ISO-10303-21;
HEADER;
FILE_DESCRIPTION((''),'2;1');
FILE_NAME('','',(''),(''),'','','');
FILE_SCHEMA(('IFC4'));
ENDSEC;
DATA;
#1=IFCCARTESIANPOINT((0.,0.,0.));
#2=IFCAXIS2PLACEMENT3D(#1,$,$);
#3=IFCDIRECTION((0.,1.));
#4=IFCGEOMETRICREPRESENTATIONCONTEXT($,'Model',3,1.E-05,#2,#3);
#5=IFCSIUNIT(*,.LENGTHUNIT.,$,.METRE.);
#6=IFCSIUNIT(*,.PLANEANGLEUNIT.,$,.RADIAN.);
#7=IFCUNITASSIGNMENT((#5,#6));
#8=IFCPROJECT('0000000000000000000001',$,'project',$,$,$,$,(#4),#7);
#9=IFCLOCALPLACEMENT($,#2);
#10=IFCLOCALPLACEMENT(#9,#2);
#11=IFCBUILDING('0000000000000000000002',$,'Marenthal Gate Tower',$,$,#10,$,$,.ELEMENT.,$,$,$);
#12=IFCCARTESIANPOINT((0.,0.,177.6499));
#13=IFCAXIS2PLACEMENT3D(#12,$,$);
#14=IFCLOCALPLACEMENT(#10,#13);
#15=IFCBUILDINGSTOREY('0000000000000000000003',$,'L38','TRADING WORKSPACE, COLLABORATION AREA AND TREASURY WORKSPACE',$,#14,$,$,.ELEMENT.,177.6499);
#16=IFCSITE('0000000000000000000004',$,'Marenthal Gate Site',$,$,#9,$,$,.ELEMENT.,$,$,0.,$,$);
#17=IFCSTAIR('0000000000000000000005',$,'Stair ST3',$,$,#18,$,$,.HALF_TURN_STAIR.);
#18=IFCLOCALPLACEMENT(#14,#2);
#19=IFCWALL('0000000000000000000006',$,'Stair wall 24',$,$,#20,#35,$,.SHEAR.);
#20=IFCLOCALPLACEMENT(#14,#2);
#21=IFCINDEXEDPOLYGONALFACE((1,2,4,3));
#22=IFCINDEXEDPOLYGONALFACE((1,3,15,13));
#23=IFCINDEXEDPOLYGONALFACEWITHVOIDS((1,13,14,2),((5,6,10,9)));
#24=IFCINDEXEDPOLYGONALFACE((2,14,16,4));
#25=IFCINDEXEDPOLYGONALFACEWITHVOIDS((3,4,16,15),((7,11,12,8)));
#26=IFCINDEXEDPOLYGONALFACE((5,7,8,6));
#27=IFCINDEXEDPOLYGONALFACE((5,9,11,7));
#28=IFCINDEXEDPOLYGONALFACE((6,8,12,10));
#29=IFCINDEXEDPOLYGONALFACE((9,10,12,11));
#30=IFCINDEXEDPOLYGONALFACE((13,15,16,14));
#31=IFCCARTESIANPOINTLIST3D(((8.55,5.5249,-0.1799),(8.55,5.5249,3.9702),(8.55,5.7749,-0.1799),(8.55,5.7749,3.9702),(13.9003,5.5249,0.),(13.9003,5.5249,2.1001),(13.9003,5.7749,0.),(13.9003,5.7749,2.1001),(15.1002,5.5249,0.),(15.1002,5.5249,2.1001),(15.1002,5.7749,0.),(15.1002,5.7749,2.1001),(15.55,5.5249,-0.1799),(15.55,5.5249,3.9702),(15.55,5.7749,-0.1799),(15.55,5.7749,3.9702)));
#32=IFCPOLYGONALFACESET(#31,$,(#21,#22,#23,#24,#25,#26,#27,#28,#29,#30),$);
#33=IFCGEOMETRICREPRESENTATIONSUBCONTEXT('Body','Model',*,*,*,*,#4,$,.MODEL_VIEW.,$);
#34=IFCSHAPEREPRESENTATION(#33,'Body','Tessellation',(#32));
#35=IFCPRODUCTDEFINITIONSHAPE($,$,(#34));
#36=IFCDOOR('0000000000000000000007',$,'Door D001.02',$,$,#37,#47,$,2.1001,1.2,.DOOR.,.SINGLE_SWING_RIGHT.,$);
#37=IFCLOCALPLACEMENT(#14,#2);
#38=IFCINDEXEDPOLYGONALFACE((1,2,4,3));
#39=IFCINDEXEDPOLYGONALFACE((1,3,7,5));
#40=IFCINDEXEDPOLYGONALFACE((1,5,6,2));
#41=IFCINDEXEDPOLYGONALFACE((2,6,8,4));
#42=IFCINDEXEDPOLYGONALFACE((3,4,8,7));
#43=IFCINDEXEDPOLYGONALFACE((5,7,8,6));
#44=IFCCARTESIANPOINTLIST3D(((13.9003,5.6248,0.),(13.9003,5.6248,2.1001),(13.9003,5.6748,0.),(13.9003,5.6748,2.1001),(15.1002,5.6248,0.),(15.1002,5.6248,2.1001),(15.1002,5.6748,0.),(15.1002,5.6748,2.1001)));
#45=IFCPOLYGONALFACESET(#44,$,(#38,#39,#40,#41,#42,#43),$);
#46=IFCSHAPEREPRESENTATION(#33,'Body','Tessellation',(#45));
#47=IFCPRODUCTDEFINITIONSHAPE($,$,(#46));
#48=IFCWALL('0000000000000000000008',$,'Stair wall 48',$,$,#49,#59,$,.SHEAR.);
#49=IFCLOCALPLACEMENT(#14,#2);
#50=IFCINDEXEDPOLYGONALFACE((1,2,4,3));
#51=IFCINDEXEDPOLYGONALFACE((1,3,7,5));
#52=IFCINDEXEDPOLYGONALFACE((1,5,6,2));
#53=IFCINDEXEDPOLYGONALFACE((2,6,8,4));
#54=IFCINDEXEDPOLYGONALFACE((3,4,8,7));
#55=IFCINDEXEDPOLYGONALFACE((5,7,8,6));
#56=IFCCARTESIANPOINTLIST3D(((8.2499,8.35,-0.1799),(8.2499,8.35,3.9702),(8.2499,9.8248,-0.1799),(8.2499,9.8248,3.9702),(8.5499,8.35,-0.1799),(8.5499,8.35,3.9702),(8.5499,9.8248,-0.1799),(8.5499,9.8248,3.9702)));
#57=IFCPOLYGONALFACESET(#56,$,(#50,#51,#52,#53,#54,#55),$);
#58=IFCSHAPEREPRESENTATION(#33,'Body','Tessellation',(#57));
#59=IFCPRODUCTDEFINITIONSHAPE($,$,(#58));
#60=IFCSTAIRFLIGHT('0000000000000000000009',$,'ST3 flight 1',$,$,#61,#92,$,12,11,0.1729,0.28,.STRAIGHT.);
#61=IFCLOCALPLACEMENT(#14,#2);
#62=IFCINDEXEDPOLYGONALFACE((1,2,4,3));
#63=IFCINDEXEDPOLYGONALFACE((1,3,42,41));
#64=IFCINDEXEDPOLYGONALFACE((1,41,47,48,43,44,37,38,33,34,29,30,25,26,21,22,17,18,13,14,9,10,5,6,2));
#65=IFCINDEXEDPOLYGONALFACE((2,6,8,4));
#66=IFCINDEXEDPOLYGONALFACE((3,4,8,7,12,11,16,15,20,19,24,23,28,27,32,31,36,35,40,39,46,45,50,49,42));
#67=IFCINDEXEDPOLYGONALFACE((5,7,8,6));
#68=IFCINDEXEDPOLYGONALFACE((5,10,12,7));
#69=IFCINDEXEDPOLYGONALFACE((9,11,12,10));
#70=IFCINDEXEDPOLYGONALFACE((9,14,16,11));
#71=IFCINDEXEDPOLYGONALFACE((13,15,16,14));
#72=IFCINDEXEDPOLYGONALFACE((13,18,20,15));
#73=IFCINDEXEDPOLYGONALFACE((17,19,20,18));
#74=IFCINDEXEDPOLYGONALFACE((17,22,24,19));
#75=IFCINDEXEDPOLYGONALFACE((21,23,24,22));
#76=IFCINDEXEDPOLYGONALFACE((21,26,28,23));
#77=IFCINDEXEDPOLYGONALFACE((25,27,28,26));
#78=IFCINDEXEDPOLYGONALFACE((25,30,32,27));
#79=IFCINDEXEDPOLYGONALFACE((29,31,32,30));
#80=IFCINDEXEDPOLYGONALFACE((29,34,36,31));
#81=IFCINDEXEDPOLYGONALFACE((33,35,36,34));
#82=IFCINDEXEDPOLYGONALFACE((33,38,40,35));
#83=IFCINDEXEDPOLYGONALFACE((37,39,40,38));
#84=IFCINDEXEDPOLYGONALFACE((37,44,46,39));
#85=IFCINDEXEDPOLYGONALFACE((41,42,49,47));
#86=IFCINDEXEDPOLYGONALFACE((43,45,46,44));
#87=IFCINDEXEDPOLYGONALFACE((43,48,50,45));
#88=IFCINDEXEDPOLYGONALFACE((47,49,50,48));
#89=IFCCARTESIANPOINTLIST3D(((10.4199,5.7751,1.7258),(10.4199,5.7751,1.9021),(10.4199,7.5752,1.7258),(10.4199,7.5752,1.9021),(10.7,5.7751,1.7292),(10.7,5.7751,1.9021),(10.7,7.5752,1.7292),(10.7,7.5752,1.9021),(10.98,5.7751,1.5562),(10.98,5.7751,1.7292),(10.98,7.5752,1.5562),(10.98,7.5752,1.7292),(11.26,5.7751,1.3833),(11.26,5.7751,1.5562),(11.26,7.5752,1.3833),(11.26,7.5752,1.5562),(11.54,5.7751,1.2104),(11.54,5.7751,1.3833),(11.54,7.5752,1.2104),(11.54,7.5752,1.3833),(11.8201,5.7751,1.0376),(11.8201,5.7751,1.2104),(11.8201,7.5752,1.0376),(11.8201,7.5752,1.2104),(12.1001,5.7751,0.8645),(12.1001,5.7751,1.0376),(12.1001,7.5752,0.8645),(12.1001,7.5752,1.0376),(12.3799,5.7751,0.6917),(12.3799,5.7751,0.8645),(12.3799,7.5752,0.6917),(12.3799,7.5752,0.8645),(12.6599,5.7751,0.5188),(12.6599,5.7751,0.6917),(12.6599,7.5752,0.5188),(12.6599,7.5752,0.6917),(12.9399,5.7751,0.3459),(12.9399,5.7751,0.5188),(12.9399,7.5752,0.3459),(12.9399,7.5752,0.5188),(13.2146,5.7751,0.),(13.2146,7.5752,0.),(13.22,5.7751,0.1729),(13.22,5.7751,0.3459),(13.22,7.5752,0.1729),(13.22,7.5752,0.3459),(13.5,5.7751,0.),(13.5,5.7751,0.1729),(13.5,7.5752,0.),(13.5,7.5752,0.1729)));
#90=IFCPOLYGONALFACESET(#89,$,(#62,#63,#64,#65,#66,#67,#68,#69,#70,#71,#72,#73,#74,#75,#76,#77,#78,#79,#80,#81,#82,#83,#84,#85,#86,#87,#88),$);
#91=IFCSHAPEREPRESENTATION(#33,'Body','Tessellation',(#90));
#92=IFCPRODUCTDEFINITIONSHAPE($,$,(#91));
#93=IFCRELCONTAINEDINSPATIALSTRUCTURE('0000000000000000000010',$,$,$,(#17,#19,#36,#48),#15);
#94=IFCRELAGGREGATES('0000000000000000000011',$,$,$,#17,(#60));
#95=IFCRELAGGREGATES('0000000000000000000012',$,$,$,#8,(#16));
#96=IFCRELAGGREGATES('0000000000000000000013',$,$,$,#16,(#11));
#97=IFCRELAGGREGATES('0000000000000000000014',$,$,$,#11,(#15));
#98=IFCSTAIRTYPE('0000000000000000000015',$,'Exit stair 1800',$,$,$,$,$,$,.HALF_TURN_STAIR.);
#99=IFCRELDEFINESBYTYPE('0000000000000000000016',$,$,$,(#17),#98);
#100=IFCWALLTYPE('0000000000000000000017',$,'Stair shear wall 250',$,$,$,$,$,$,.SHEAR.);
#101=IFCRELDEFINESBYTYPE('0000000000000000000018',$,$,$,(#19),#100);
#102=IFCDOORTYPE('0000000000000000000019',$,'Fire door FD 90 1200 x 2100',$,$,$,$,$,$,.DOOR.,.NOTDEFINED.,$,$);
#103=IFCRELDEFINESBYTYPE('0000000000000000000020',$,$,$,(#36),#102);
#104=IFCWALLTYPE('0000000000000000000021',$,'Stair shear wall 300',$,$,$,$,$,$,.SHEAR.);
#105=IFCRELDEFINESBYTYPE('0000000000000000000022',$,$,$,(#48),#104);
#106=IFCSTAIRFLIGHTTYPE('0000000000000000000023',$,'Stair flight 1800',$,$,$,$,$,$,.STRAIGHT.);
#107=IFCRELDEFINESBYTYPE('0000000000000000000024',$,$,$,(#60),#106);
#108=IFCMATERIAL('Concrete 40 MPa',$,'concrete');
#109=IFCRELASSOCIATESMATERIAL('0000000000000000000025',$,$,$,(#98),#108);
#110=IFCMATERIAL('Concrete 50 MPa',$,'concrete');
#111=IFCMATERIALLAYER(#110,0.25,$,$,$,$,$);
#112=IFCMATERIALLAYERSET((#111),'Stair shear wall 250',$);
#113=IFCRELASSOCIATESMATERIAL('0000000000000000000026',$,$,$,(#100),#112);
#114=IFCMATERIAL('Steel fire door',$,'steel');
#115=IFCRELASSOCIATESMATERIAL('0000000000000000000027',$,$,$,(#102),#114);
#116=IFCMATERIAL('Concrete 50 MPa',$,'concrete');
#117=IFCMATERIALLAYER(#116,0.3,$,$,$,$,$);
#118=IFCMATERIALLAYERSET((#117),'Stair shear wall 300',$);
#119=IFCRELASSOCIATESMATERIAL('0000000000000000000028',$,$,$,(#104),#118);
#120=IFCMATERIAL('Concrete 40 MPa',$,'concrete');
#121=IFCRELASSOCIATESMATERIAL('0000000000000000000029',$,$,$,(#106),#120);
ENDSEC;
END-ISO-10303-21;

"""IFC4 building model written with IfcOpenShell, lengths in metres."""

from ifc_helpers import new_model, si_unit, direction, frame, frame_2d, origin, place, context, subcontext, project, spatial, polyline, rectangle, outline, extrude, material, layer, layer_set, type_object, element, fill, aggregate, save


model = new_model("IFC4")

# Units and contexts
model_context = context("Model", 3, precision=1e-05, world=origin(), true_north=direction((0.0, 1.0)))
body_context = subcontext(model_context, "Body", "Model", "MODEL_VIEW")
ifc_project = project(units=[si_unit("LENGTHUNIT", "METRE"), si_unit("PLANEANGLEUNIT", "RADIAN")], contexts=[model_context])

# Site, building, storey
site_placement = place(None, origin())
site = spatial("IfcSite", under=ifc_project, at=site_placement, Name="Marenthal Gate Site", CompositionType="ELEMENT", RefElevation=0.0)
building_placement = place(site_placement, origin())
building = spatial("IfcBuilding", under=site, at=building_placement, Name="Marenthal Gate Tower", CompositionType="ELEMENT")
storey_placement = place(building_placement, frame((0.0, 0.0, 177.6499)))
storey = spatial("IfcBuildingStorey", under=building, at=storey_placement, Name="L38", Description="TRADING WORKSPACE, COLLABORATION AREA AND TREASURY WORKSPACE", CompositionType="ELEMENT", Elevation=177.6499)

# Stair
ifc_material_1 = material(Name="Concrete 40 MPa", Category="concrete")
stair_type = type_object("IfcStairType", Name="Exit stair 1800", PredefinedType="HALF_TURN_STAIR", material=ifc_material_1)
stair_1_placement = place(storey_placement, origin())
stair_1 = element("IfcStair", 1, at=stair_1_placement, inside=storey, type_object=stair_type, Name="Stair ST3", PredefinedType="HALF_TURN_STAIR")

# Wall, opening, door
ifc_material_2 = material(Name="Concrete 50 MPa", Category="concrete")
ifc_layer_1 = layer(ifc_material_2, 0.25)
ifc_layer_set_1 = layer_set([ifc_layer_1], Name="Stair shear wall 250")
wall_type_1 = type_object("IfcWallType", Name="Stair shear wall 250", PredefinedType="SHEAR", material=ifc_layer_set_1)
wall_1_placement = place(storey_placement, frame((8.55, 5.6499, -0.1799), z_axis=(0.0, 0.0, 1.0), x_axis=(1.0, 0.0, 0.0)))
wall_1 = element("IfcWall", 2, at=wall_1_placement, inside=storey, type_object=wall_type_1, Name="Stair wall 24", PredefinedType="SHEAR", context=body_context, shape_type="SweptSolid", body=[
    extrude(rectangle(XDim=7.0, YDim=0.25, at=frame_2d((3.5, 0.0))), origin(), (0.0, 0.0, 1.0), 4.1501),
])
opening_placement = place(wall_1_placement, frame((5.3501, 0.0, 0.1799)))
opening = element("IfcOpeningElement", 3, at=opening_placement, cuts=wall_1, PredefinedType="OPENING", context=body_context, shape_type="SweptSolid", body=[
    extrude(rectangle(XDim=1.2, YDim=2.1001, at=frame_2d((0.6001, 1.05))), frame((0.0, 0.135, 0.0), z_axis=(0.0, -1.0, 0.0), x_axis=(1.0, 0.0, 0.0)), (0.0, 0.0, 1.0), 0.27),
])
ifc_material_3 = material(Name="Steel fire door", Category="steel")
door_type = type_object("IfcDoorType", Name="Fire door FD 90 1200 x 2100", OperationType="NOTDEFINED", PredefinedType="DOOR", material=ifc_material_3)
door_placement = place(opening_placement, origin())
door = element("IfcDoor", 4, at=door_placement, inside=storey, type_object=door_type, Name="Door D001.02", OperationType="SINGLE_SWING_RIGHT", OverallHeight=2.1001, OverallWidth=1.2, PredefinedType="DOOR", context=body_context, shape_type="SweptSolid", body=[
    extrude(rectangle(XDim=1.2, YDim=2.1001, at=frame_2d((0.6001, 1.05))), frame((0.0, 0.0249, 0.0), z_axis=(0.0, -1.0, 0.0), x_axis=(1.0, 0.0, 0.0)), (0.0, 0.0, 1.0), 0.05),
])
fill(opening, door)

# Wall
ifc_material_4 = material(Name="Concrete 50 MPa", Category="concrete")
ifc_layer_2 = layer(ifc_material_4, 0.3)
ifc_layer_set_2 = layer_set([ifc_layer_2], Name="Stair shear wall 300")
wall_type_2 = type_object("IfcWallType", Name="Stair shear wall 300", PredefinedType="SHEAR", material=ifc_layer_set_2)
wall_2_placement = place(storey_placement, frame((8.3999, 8.3501, -0.1799), z_axis=(0.0, 0.0, 1.0), x_axis=(0.0, 1.0, 0.0)))
element("IfcWall", 5, at=wall_2_placement, inside=storey, type_object=wall_type_2, Name="Stair wall 48", PredefinedType="SHEAR", context=body_context, shape_type="SweptSolid", body=[
    extrude(rectangle(XDim=1.4749, YDim=0.3, at=frame_2d((0.7373, 0.0))), origin(), (0.0, 0.0, 1.0), 4.1501),
])

# Stair flight
ifc_material_5 = material(Name="Concrete 40 MPa", Category="concrete")
stair_flight_type = type_object("IfcStairFlightType", Name="Stair flight 1800", PredefinedType="STRAIGHT", material=ifc_material_5)
stair_flight_placement = place(storey_placement, frame((13.5, 6.675, 0.0), z_axis=(0.0, 0.0, 1.0), x_axis=(-1.0, 0.0, 0.0)))
stair_flight = element("IfcStairFlight", 6, at=stair_flight_placement, type_object=stair_flight_type, Name="ST3 flight 1", NumberOfRisers=12, NumberOfTreads=11, PredefinedType="STRAIGHT", RiserHeight=0.1729, TreadLength=0.28, context=body_context, shape_type="SweptSolid", body=[
    extrude(outline(polyline([(0.0, 0.0), (0.0, 0.1729), (0.28, 0.1729), (0.28, 0.3459), (0.5601, 0.3459), (0.5601, 0.5188), (0.8401, 0.5188), (0.8401, 0.6917), (1.1201, 0.6917), (1.1201, 0.8645), (1.3999, 0.8645), (1.3999, 1.0376), (1.6799, 1.0376), (1.6799, 1.2104), (1.96, 1.2104), (1.96, 1.3833), (2.24, 1.3833), (2.24, 1.5562), (2.52, 1.5562), (2.52, 1.7292), (2.8, 1.7292), (2.8, 1.9021), (3.0801, 1.9021), (3.0801, 2.075), (3.0801, 1.7258), (0.2854, 0.0), (0.0, 0.0)])), frame((0.0, 0.8999, 0.0), z_axis=(0.0, -1.0, 0.0), x_axis=(1.0, 0.0, 0.0)), (0.0, 0.0, 1.0), 1.8),
])
aggregate(stair_1, [stair_flight])

save(model, "model.ifc")
